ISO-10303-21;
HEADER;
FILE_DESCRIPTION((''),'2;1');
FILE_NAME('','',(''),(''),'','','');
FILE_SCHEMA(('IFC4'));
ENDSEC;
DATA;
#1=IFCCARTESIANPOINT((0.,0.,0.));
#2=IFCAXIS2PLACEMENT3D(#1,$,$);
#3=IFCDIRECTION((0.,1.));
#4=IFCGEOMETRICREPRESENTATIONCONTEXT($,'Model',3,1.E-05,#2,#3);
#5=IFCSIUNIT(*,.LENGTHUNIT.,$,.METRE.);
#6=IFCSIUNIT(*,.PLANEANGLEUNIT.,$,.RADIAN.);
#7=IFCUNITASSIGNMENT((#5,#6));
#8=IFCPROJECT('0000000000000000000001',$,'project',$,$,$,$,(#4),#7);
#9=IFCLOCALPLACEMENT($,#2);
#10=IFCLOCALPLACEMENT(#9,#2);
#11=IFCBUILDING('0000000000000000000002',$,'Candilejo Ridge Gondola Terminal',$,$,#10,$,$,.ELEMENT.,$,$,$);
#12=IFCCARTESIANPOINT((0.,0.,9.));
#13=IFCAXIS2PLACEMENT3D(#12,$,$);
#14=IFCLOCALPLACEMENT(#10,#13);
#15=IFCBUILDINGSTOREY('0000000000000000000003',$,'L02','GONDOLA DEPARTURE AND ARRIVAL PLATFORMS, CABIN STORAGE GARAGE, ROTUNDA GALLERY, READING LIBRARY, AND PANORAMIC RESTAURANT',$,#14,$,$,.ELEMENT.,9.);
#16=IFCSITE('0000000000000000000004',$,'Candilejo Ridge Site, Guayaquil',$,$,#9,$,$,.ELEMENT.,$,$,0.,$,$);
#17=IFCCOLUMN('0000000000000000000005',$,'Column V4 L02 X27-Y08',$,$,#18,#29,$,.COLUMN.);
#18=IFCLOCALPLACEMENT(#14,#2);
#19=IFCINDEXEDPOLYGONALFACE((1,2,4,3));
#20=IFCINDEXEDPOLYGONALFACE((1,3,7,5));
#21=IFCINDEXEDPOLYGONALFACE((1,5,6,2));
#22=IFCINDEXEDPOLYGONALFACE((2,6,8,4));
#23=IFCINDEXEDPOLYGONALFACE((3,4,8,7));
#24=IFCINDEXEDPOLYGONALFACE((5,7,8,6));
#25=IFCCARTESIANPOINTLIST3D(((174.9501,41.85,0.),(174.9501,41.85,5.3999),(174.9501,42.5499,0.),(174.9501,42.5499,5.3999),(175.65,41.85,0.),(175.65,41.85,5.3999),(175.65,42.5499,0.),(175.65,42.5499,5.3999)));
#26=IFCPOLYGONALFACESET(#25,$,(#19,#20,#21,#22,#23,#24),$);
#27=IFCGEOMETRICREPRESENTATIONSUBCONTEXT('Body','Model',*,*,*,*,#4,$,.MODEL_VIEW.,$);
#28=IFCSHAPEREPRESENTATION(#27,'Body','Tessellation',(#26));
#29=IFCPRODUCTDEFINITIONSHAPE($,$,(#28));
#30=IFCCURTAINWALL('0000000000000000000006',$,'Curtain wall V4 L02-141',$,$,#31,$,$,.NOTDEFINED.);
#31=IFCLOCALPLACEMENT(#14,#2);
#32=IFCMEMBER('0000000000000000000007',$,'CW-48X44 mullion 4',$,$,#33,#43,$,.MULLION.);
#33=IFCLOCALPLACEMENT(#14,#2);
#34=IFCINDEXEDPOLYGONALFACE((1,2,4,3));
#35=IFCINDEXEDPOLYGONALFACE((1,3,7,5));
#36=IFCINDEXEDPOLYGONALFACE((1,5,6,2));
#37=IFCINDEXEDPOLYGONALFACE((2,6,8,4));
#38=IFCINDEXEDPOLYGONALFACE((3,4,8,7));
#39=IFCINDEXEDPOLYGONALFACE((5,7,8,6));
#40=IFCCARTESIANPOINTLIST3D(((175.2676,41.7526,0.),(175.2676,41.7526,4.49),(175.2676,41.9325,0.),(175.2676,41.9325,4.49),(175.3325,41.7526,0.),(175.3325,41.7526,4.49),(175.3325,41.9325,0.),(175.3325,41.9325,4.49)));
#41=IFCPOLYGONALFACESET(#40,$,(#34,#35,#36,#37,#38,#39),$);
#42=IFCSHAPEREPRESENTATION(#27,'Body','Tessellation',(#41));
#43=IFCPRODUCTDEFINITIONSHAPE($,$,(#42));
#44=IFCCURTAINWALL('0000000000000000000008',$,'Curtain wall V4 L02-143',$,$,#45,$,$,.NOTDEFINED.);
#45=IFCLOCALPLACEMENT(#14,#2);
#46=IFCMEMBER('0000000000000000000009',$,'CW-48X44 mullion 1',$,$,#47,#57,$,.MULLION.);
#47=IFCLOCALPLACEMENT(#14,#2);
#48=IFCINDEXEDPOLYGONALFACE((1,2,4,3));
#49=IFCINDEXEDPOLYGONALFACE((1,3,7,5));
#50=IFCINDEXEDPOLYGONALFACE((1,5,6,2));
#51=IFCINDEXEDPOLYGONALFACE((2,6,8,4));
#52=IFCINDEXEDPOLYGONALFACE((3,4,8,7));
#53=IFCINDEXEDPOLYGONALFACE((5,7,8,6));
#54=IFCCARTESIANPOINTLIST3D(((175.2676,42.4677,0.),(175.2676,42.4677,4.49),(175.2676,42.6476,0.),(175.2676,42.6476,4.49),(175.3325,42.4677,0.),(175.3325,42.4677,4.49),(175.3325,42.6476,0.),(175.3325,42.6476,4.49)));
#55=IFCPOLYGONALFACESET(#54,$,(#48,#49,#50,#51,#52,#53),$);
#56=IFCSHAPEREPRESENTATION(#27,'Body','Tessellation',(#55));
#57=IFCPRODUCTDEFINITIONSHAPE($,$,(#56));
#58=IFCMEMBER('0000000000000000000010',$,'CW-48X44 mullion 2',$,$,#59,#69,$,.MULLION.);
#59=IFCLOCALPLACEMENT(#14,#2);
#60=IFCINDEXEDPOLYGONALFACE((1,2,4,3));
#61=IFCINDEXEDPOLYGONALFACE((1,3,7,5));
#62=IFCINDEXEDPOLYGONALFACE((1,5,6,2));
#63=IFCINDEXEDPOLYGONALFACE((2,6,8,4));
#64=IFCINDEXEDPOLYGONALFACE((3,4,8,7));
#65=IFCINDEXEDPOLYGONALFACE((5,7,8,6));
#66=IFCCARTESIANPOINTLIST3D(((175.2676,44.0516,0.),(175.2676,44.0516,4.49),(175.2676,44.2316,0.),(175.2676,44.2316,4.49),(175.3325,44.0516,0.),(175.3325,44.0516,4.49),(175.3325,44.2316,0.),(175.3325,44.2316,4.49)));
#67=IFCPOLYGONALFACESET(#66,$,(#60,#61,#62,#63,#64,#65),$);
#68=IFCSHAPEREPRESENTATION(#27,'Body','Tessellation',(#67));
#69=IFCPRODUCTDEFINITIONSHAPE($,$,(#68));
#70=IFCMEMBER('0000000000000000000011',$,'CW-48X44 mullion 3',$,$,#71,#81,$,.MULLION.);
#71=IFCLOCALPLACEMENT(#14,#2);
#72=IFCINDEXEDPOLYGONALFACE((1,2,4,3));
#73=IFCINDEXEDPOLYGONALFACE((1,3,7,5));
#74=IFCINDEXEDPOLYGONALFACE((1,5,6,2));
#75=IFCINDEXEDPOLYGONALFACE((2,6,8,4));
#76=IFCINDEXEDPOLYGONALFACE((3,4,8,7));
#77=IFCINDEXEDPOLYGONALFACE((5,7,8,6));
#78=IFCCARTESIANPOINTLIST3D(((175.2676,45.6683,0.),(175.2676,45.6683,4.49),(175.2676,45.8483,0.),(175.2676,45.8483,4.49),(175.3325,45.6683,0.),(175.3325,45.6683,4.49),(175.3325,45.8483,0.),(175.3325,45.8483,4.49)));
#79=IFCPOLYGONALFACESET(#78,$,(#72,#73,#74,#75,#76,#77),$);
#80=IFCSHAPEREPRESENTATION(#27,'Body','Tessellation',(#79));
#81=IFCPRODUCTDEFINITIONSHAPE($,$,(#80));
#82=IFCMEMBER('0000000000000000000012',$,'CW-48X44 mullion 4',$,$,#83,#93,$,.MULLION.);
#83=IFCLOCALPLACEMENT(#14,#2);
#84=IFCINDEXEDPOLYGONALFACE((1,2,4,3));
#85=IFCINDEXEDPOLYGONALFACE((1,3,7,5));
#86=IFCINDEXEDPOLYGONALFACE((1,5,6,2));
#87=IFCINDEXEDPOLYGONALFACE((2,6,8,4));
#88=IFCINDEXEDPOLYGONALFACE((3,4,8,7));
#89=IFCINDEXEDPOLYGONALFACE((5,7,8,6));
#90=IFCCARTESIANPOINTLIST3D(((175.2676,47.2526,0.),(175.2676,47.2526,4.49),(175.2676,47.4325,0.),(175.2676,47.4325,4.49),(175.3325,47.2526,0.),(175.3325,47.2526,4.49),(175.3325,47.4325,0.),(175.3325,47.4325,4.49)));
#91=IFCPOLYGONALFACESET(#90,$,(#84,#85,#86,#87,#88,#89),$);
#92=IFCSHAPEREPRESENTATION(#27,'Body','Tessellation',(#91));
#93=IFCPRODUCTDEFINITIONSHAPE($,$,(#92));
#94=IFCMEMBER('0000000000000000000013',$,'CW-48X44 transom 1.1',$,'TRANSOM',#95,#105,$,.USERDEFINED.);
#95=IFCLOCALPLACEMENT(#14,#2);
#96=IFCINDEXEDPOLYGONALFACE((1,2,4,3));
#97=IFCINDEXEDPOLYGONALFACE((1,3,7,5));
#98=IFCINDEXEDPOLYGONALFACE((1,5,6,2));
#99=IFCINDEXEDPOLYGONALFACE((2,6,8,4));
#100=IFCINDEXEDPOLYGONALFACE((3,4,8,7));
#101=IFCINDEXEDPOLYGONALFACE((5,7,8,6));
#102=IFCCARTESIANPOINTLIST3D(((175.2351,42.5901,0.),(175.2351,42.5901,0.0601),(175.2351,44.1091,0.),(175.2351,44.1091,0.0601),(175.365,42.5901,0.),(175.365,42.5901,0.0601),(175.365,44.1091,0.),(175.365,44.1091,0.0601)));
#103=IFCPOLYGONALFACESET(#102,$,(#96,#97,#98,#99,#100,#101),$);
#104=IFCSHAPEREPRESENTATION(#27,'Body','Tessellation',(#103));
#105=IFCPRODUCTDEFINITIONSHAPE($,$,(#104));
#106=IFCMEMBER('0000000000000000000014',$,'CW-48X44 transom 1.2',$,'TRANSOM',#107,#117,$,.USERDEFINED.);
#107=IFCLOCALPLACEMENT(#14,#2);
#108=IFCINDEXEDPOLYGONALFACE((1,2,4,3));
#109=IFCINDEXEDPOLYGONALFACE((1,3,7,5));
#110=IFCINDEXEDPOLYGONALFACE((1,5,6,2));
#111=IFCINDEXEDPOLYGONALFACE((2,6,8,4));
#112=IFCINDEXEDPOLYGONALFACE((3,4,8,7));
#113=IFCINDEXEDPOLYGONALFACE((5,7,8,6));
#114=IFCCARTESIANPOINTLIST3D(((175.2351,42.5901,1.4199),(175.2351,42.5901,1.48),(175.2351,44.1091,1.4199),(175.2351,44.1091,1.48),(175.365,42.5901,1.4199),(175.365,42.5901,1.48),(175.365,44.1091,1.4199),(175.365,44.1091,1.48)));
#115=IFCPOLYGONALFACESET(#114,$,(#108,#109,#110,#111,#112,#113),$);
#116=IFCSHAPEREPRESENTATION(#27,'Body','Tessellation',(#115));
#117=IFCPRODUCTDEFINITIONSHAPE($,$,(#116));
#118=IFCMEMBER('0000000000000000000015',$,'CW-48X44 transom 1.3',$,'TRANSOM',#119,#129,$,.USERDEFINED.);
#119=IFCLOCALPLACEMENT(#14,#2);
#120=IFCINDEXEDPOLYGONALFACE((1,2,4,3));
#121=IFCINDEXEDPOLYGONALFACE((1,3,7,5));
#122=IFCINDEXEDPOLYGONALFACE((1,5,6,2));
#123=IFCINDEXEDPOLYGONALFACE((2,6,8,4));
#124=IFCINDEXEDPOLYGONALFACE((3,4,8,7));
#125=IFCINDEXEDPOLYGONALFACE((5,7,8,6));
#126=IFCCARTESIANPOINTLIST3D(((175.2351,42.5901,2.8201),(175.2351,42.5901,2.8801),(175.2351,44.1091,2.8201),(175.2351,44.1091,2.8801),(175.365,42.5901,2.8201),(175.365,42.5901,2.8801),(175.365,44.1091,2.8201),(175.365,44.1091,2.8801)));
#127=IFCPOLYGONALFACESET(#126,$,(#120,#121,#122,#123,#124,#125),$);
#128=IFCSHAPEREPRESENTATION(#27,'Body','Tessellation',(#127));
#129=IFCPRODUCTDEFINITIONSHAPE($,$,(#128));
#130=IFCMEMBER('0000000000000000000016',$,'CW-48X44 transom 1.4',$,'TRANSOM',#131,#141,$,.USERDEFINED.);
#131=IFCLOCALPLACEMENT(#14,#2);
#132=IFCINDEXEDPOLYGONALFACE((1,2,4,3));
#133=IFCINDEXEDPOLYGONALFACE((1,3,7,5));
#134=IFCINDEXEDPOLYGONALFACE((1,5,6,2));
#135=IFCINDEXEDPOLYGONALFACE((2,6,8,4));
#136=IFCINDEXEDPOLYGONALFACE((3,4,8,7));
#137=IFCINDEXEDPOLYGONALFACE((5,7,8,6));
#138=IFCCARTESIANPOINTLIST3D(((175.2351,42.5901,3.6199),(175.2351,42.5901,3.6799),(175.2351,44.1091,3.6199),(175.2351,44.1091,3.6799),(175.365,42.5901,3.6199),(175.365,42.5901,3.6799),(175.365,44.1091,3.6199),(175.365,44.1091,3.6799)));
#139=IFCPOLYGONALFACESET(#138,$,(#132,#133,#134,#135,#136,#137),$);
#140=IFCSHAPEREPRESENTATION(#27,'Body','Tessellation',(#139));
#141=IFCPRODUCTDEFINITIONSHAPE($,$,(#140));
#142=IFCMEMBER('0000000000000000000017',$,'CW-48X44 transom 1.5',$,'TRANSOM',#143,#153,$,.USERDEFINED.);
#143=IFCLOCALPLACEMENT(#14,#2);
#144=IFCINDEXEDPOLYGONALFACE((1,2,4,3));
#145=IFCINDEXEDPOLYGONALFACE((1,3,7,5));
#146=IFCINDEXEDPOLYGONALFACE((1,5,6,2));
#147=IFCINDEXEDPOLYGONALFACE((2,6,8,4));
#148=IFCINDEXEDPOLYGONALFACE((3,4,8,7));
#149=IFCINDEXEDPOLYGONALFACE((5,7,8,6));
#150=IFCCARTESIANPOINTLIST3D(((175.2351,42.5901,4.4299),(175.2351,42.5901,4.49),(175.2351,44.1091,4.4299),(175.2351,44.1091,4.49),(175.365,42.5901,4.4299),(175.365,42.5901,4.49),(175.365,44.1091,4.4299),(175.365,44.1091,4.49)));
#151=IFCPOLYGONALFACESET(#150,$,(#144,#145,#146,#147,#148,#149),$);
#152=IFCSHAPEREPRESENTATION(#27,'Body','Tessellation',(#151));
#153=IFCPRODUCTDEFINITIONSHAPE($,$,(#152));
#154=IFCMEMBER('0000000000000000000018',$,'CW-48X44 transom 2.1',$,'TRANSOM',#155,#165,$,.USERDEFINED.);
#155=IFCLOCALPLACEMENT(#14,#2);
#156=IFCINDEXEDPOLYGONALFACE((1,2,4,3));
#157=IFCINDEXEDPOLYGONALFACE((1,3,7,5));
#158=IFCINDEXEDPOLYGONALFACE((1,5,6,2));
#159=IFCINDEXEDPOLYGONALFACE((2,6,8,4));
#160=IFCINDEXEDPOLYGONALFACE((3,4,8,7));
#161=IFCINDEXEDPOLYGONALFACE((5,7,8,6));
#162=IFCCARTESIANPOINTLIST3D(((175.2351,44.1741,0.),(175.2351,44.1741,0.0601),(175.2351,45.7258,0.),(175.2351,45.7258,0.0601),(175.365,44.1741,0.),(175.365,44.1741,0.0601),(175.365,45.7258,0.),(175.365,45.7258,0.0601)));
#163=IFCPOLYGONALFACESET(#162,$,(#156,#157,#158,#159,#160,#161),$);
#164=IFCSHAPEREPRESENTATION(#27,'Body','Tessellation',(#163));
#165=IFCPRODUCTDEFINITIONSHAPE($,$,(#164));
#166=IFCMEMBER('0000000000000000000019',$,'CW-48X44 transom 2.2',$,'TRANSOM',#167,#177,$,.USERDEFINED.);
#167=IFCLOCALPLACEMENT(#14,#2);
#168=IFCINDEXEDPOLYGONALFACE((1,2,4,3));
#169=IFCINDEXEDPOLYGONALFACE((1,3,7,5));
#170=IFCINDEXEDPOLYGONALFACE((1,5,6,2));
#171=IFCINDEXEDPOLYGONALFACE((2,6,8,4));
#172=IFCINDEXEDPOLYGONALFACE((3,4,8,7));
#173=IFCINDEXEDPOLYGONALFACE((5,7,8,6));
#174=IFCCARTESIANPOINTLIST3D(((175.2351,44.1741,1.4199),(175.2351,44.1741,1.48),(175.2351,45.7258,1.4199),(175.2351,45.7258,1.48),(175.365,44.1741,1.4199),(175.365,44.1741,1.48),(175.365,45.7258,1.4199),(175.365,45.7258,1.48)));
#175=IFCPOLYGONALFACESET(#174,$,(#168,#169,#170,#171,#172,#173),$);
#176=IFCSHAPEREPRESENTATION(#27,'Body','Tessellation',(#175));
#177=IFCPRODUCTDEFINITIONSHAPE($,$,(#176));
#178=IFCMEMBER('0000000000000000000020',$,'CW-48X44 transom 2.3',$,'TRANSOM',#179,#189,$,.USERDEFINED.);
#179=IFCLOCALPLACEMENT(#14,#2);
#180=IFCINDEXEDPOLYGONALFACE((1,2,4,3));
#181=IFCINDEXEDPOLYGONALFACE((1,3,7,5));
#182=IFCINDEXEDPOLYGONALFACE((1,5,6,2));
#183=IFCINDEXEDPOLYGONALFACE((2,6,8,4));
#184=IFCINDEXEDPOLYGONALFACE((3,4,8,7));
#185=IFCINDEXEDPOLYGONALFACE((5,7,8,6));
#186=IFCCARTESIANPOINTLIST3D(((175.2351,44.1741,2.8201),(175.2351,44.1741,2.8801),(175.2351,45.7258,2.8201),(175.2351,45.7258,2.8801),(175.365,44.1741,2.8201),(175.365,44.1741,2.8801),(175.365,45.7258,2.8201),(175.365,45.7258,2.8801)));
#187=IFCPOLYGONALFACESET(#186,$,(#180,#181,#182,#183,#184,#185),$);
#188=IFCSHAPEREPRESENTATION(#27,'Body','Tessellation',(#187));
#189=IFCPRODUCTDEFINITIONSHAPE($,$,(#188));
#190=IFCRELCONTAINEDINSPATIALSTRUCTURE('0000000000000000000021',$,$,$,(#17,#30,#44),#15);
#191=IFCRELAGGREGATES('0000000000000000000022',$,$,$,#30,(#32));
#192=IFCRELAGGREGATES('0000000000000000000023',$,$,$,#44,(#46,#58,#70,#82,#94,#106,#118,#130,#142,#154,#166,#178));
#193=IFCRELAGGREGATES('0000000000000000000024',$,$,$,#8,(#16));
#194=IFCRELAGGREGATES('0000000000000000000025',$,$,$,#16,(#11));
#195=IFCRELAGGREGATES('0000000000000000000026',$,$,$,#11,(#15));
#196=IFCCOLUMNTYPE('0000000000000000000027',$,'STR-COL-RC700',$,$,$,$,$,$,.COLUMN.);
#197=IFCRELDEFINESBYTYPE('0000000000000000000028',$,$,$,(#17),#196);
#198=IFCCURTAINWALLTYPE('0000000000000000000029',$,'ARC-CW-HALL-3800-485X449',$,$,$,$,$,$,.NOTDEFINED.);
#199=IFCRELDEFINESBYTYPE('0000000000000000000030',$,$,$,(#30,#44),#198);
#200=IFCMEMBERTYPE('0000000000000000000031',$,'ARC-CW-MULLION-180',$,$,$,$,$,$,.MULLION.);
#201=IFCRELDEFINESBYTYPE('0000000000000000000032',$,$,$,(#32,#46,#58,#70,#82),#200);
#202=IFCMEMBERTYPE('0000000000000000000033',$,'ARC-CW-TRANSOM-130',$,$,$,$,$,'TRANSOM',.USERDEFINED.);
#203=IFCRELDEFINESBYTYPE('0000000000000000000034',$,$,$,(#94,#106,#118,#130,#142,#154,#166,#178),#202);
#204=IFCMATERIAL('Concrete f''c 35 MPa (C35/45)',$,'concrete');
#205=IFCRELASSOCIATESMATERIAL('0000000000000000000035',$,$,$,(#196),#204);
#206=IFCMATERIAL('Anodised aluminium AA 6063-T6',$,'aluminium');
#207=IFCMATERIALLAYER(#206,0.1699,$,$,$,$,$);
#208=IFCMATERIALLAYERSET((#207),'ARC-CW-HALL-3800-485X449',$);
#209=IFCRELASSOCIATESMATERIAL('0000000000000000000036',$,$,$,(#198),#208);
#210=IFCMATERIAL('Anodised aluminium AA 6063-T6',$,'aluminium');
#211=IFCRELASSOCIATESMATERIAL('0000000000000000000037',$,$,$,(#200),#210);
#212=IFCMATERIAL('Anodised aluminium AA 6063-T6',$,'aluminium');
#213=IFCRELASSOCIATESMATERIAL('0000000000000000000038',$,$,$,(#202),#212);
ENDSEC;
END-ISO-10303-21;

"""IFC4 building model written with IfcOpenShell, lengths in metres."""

from ifc_helpers import new_model, si_unit, direction, frame, origin, origin_2d, place, context, subcontext, project, spatial, rectangle, extrude, material, layer, layer_set, material_profile, profile_set, type_object, element, aggregate, save


model = new_model("IFC4")

# Units and contexts
model_context = context("Model", 3, precision=1e-05, world=origin(), true_north=direction((0.0, 1.0)))
body_context = subcontext(model_context, "Body", "Model", "MODEL_VIEW")
ifc_project = project(units=[si_unit("LENGTHUNIT", "METRE"), si_unit("PLANEANGLEUNIT", "RADIAN")], contexts=[model_context])

# Site, building, storey
site_placement = place(None, origin())
site = spatial("IfcSite", under=ifc_project, at=site_placement, Name="Candilejo Ridge Site, Guayaquil", CompositionType="ELEMENT", RefElevation=0.0)
building_placement = place(site_placement, origin())
building = spatial("IfcBuilding", under=site, at=building_placement, Name="Candilejo Ridge Gondola Terminal", CompositionType="ELEMENT")
storey_placement = place(building_placement, frame((0.0, 0.0, 9.0)))
storey = spatial("IfcBuildingStorey", under=building, at=storey_placement, Name="L02", Description="GONDOLA DEPARTURE AND ARRIVAL PLATFORMS, CABIN STORAGE GARAGE, ROTUNDA GALLERY, READING LIBRARY, AND PANORAMIC RESTAURANT", CompositionType="ELEMENT", Elevation=9.0)

# Column
ifc_material_1 = material(Name="Concrete f'c 35 MPa (C35/45)", Category="concrete")
ifc_material_profile_1 = material_profile(ifc_material_1, rectangle(XDim=0.7, YDim=0.7, at=origin_2d()))
ifc_profile_set_1 = profile_set([ifc_material_profile_1], Name="Concrete f'c 35 MPa (C35/45)")
column_type = type_object("IfcColumnType", Name="STR-COL-RC700", PredefinedType="COLUMN", material=ifc_profile_set_1)
column_placement = place(storey_placement, frame((175.3, 42.2, 0.0), z_axis=(0.0, 0.0, 1.0), x_axis=(1.0, 0.0, 0.0)))
element("IfcColumn", 1, at=column_placement, inside=storey, type_object=column_type, Name="Column V4 L02 X27-Y08", PredefinedType="COLUMN", context=body_context, shape_type="SweptSolid", body=[
    extrude(rectangle(XDim=0.7, YDim=0.7, at=origin_2d()), origin(), (0.0, 0.0, 1.0), 5.3999),
])

# Curtain wall, member
ifc_material_2 = material(Name="Anodised aluminium AA 6063-T6", Category="aluminium")
ifc_layer_1 = layer(ifc_material_2, 0.1699)
ifc_layer_set_1 = layer_set([ifc_layer_1], Name="ARC-CW-HALL-3800-485X449")
curtain_wall_type = type_object("IfcCurtainWallType", Name="ARC-CW-HALL-3800-485X449", PredefinedType="NOTDEFINED", material=ifc_layer_set_1)
curtain_wall_1_placement = place(storey_placement, origin())
curtain_wall_1 = element("IfcCurtainWall", 2, at=curtain_wall_1_placement, inside=storey, type_object=curtain_wall_type, Name="Curtain wall V4 L02-141", PredefinedType="NOTDEFINED")
ifc_material_3 = material(Name="Anodised aluminium AA 6063-T6", Category="aluminium")
ifc_material_profile_2 = material_profile(ifc_material_3, rectangle(XDim=0.0649, YDim=0.1799, at=origin_2d()))
ifc_profile_set_2 = profile_set([ifc_material_profile_2], Name="Anodised aluminium AA 6063-T6")
member_type_1 = type_object("IfcMemberType", Name="ARC-CW-MULLION-180", PredefinedType="MULLION", material=ifc_profile_set_2)
member_1_placement = place(storey_placement, frame((175.3, 41.8425, 0.0), z_axis=(0.0, 0.0, 1.0), x_axis=(-1.0, 0.0, 0.0)))
member_1 = element("IfcMember", 3, at=member_1_placement, type_object=member_type_1, Name="CW-48X44 mullion 4", PredefinedType="MULLION", context=body_context, shape_type="SweptSolid", body=[
    extrude(rectangle(XDim=0.0649, YDim=0.1799, at=origin_2d()), origin(), (0.0, 0.0, 1.0), 4.49),
])

# Curtain wall, members
curtain_wall_2_placement = place(storey_placement, origin())
curtain_wall_2 = element("IfcCurtainWall", 4, at=curtain_wall_2_placement, inside=storey, type_object=curtain_wall_type, Name="Curtain wall V4 L02-143", PredefinedType="NOTDEFINED")
member_2_placement = place(storey_placement, frame((175.3, 42.5576, 0.0), z_axis=(0.0, 0.0, 1.0), x_axis=(-1.0, 0.0, 0.0)))
member_2 = element("IfcMember", 5, at=member_2_placement, type_object=member_type_1, Name="CW-48X44 mullion 1", PredefinedType="MULLION", context=body_context, shape_type="SweptSolid", body=[
    extrude(rectangle(XDim=0.0649, YDim=0.1799, at=origin_2d()), origin(), (0.0, 0.0, 1.0), 4.49),
])
member_3_placement = place(storey_placement, frame((175.3, 44.1416, 0.0), z_axis=(0.0, 0.0, 1.0), x_axis=(-1.0, 0.0, 0.0)))
member_3 = element("IfcMember", 6, at=member_3_placement, type_object=member_type_1, Name="CW-48X44 mullion 2", PredefinedType="MULLION", context=body_context, shape_type="SweptSolid", body=[
    extrude(rectangle(XDim=0.0649, YDim=0.1799, at=origin_2d()), origin(), (0.0, 0.0, 1.0), 4.49),
])
member_4_placement = place(storey_placement, frame((175.3, 45.7583, 0.0), z_axis=(0.0, 0.0, 1.0), x_axis=(-1.0, 0.0, 0.0)))
member_4 = element("IfcMember", 7, at=member_4_placement, type_object=member_type_1, Name="CW-48X44 mullion 3", PredefinedType="MULLION", context=body_context, shape_type="SweptSolid", body=[
    extrude(rectangle(XDim=0.0649, YDim=0.1799, at=origin_2d()), origin(), (0.0, 0.0, 1.0), 4.49),
])
member_5_placement = place(storey_placement, frame((175.3, 47.3425, 0.0), z_axis=(0.0, 0.0, 1.0), x_axis=(-1.0, 0.0, 0.0)))
member_5 = element("IfcMember", 8, at=member_5_placement, type_object=member_type_1, Name="CW-48X44 mullion 4", PredefinedType="MULLION", context=body_context, shape_type="SweptSolid", body=[
    extrude(rectangle(XDim=0.0649, YDim=0.1799, at=origin_2d()), origin(), (0.0, 0.0, 1.0), 4.49),
])
ifc_material_4 = material(Name="Anodised aluminium AA 6063-T6", Category="aluminium")
ifc_material_profile_3 = material_profile(ifc_material_4, rectangle(XDim=0.1299, YDim=0.0601, at=origin_2d()))
ifc_profile_set_3 = profile_set([ifc_material_profile_3], Name="Anodised aluminium AA 6063-T6")
member_type_2 = type_object("IfcMemberType", Name="ARC-CW-TRANSOM-130", ElementType="TRANSOM", PredefinedType="USERDEFINED", material=ifc_profile_set_3)
member_6_placement = place(storey_placement, frame((175.3, 42.5901, 0.03), z_axis=(0.0, 1.0, 0.0), x_axis=(-1.0, 0.0, 0.0)))
member_6 = element("IfcMember", 9, at=member_6_placement, type_object=member_type_2, Name="CW-48X44 transom 1.1", ObjectType="TRANSOM", PredefinedType="USERDEFINED", context=body_context, shape_type="SweptSolid", body=[
    extrude(rectangle(XDim=0.1299, YDim=0.0601, at=origin_2d()), origin(), (0.0, 0.0, 1.0), 1.519),
])
member_7_placement = place(storey_placement, frame((175.3, 42.5901, 1.45), z_axis=(0.0, 1.0, 0.0), x_axis=(-1.0, 0.0, 0.0)))
member_7 = element("IfcMember", 10, at=member_7_placement, type_object=member_type_2, Name="CW-48X44 transom 1.2", ObjectType="TRANSOM", PredefinedType="USERDEFINED", context=body_context, shape_type="SweptSolid", body=[
    extrude(rectangle(XDim=0.1299, YDim=0.0601, at=origin_2d()), origin(), (0.0, 0.0, 1.0), 1.519),
])
member_8_placement = place(storey_placement, frame((175.3, 42.5901, 2.8501), z_axis=(0.0, 1.0, 0.0), x_axis=(-1.0, 0.0, 0.0)))
member_8 = element("IfcMember", 11, at=member_8_placement, type_object=member_type_2, Name="CW-48X44 transom 1.3", ObjectType="TRANSOM", PredefinedType="USERDEFINED", context=body_context, shape_type="SweptSolid", body=[
    extrude(rectangle(XDim=0.1299, YDim=0.0601, at=origin_2d()), origin(), (0.0, 0.0, 1.0), 1.519),
])
member_9_placement = place(storey_placement, frame((175.3, 42.5901, 3.6499), z_axis=(0.0, 1.0, 0.0), x_axis=(-1.0, 0.0, 0.0)))
member_9 = element("IfcMember", 12, at=member_9_placement, type_object=member_type_2, Name="CW-48X44 transom 1.4", ObjectType="TRANSOM", PredefinedType="USERDEFINED", context=body_context, shape_type="SweptSolid", body=[
    extrude(rectangle(XDim=0.1299, YDim=0.0601, at=origin_2d()), origin(), (0.0, 0.0, 1.0), 1.519),
])
member_10_placement = place(storey_placement, frame((175.3, 42.5901, 4.46), z_axis=(0.0, 1.0, 0.0), x_axis=(-1.0, 0.0, 0.0)))
member_10 = element("IfcMember", 13, at=member_10_placement, type_object=member_type_2, Name="CW-48X44 transom 1.5", ObjectType="TRANSOM", PredefinedType="USERDEFINED", context=body_context, shape_type="SweptSolid", body=[
    extrude(rectangle(XDim=0.1299, YDim=0.0601, at=origin_2d()), origin(), (0.0, 0.0, 1.0), 1.519),
])
member_11_placement = place(storey_placement, frame((175.3, 44.1741, 0.03), z_axis=(0.0, 1.0, 0.0), x_axis=(-1.0, 0.0, 0.0)))
member_11 = element("IfcMember", 14, at=member_11_placement, type_object=member_type_2, Name="CW-48X44 transom 2.1", ObjectType="TRANSOM", PredefinedType="USERDEFINED", context=body_context, shape_type="SweptSolid", body=[
    extrude(rectangle(XDim=0.1299, YDim=0.0601, at=origin_2d()), origin(), (0.0, 0.0, 1.0), 1.5518),
])
member_12_placement = place(storey_placement, frame((175.3, 44.1741, 1.45), z_axis=(0.0, 1.0, 0.0), x_axis=(-1.0, 0.0, 0.0)))
member_12 = element("IfcMember", 15, at=member_12_placement, type_object=member_type_2, Name="CW-48X44 transom 2.2", ObjectType="TRANSOM", PredefinedType="USERDEFINED", context=body_context, shape_type="SweptSolid", body=[
    extrude(rectangle(XDim=0.1299, YDim=0.0601, at=origin_2d()), origin(), (0.0, 0.0, 1.0), 1.5518),
])
member_13_placement = place(storey_placement, frame((175.3, 44.1741, 2.8501), z_axis=(0.0, 1.0, 0.0), x_axis=(-1.0, 0.0, 0.0)))
member_13 = element("IfcMember", 16, at=member_13_placement, type_object=member_type_2, Name="CW-48X44 transom 2.3", ObjectType="TRANSOM", PredefinedType="USERDEFINED", context=body_context, shape_type="SweptSolid", body=[
    extrude(rectangle(XDim=0.1299, YDim=0.0601, at=origin_2d()), origin(), (0.0, 0.0, 1.0), 1.5518),
])

aggregate(curtain_wall_1, [member_1])
aggregate(curtain_wall_2, [member_2, member_3, member_4, member_5, member_6, member_7, member_8, member_9, member_10, member_11, member_12, member_13])

save(model, "model.ifc")
